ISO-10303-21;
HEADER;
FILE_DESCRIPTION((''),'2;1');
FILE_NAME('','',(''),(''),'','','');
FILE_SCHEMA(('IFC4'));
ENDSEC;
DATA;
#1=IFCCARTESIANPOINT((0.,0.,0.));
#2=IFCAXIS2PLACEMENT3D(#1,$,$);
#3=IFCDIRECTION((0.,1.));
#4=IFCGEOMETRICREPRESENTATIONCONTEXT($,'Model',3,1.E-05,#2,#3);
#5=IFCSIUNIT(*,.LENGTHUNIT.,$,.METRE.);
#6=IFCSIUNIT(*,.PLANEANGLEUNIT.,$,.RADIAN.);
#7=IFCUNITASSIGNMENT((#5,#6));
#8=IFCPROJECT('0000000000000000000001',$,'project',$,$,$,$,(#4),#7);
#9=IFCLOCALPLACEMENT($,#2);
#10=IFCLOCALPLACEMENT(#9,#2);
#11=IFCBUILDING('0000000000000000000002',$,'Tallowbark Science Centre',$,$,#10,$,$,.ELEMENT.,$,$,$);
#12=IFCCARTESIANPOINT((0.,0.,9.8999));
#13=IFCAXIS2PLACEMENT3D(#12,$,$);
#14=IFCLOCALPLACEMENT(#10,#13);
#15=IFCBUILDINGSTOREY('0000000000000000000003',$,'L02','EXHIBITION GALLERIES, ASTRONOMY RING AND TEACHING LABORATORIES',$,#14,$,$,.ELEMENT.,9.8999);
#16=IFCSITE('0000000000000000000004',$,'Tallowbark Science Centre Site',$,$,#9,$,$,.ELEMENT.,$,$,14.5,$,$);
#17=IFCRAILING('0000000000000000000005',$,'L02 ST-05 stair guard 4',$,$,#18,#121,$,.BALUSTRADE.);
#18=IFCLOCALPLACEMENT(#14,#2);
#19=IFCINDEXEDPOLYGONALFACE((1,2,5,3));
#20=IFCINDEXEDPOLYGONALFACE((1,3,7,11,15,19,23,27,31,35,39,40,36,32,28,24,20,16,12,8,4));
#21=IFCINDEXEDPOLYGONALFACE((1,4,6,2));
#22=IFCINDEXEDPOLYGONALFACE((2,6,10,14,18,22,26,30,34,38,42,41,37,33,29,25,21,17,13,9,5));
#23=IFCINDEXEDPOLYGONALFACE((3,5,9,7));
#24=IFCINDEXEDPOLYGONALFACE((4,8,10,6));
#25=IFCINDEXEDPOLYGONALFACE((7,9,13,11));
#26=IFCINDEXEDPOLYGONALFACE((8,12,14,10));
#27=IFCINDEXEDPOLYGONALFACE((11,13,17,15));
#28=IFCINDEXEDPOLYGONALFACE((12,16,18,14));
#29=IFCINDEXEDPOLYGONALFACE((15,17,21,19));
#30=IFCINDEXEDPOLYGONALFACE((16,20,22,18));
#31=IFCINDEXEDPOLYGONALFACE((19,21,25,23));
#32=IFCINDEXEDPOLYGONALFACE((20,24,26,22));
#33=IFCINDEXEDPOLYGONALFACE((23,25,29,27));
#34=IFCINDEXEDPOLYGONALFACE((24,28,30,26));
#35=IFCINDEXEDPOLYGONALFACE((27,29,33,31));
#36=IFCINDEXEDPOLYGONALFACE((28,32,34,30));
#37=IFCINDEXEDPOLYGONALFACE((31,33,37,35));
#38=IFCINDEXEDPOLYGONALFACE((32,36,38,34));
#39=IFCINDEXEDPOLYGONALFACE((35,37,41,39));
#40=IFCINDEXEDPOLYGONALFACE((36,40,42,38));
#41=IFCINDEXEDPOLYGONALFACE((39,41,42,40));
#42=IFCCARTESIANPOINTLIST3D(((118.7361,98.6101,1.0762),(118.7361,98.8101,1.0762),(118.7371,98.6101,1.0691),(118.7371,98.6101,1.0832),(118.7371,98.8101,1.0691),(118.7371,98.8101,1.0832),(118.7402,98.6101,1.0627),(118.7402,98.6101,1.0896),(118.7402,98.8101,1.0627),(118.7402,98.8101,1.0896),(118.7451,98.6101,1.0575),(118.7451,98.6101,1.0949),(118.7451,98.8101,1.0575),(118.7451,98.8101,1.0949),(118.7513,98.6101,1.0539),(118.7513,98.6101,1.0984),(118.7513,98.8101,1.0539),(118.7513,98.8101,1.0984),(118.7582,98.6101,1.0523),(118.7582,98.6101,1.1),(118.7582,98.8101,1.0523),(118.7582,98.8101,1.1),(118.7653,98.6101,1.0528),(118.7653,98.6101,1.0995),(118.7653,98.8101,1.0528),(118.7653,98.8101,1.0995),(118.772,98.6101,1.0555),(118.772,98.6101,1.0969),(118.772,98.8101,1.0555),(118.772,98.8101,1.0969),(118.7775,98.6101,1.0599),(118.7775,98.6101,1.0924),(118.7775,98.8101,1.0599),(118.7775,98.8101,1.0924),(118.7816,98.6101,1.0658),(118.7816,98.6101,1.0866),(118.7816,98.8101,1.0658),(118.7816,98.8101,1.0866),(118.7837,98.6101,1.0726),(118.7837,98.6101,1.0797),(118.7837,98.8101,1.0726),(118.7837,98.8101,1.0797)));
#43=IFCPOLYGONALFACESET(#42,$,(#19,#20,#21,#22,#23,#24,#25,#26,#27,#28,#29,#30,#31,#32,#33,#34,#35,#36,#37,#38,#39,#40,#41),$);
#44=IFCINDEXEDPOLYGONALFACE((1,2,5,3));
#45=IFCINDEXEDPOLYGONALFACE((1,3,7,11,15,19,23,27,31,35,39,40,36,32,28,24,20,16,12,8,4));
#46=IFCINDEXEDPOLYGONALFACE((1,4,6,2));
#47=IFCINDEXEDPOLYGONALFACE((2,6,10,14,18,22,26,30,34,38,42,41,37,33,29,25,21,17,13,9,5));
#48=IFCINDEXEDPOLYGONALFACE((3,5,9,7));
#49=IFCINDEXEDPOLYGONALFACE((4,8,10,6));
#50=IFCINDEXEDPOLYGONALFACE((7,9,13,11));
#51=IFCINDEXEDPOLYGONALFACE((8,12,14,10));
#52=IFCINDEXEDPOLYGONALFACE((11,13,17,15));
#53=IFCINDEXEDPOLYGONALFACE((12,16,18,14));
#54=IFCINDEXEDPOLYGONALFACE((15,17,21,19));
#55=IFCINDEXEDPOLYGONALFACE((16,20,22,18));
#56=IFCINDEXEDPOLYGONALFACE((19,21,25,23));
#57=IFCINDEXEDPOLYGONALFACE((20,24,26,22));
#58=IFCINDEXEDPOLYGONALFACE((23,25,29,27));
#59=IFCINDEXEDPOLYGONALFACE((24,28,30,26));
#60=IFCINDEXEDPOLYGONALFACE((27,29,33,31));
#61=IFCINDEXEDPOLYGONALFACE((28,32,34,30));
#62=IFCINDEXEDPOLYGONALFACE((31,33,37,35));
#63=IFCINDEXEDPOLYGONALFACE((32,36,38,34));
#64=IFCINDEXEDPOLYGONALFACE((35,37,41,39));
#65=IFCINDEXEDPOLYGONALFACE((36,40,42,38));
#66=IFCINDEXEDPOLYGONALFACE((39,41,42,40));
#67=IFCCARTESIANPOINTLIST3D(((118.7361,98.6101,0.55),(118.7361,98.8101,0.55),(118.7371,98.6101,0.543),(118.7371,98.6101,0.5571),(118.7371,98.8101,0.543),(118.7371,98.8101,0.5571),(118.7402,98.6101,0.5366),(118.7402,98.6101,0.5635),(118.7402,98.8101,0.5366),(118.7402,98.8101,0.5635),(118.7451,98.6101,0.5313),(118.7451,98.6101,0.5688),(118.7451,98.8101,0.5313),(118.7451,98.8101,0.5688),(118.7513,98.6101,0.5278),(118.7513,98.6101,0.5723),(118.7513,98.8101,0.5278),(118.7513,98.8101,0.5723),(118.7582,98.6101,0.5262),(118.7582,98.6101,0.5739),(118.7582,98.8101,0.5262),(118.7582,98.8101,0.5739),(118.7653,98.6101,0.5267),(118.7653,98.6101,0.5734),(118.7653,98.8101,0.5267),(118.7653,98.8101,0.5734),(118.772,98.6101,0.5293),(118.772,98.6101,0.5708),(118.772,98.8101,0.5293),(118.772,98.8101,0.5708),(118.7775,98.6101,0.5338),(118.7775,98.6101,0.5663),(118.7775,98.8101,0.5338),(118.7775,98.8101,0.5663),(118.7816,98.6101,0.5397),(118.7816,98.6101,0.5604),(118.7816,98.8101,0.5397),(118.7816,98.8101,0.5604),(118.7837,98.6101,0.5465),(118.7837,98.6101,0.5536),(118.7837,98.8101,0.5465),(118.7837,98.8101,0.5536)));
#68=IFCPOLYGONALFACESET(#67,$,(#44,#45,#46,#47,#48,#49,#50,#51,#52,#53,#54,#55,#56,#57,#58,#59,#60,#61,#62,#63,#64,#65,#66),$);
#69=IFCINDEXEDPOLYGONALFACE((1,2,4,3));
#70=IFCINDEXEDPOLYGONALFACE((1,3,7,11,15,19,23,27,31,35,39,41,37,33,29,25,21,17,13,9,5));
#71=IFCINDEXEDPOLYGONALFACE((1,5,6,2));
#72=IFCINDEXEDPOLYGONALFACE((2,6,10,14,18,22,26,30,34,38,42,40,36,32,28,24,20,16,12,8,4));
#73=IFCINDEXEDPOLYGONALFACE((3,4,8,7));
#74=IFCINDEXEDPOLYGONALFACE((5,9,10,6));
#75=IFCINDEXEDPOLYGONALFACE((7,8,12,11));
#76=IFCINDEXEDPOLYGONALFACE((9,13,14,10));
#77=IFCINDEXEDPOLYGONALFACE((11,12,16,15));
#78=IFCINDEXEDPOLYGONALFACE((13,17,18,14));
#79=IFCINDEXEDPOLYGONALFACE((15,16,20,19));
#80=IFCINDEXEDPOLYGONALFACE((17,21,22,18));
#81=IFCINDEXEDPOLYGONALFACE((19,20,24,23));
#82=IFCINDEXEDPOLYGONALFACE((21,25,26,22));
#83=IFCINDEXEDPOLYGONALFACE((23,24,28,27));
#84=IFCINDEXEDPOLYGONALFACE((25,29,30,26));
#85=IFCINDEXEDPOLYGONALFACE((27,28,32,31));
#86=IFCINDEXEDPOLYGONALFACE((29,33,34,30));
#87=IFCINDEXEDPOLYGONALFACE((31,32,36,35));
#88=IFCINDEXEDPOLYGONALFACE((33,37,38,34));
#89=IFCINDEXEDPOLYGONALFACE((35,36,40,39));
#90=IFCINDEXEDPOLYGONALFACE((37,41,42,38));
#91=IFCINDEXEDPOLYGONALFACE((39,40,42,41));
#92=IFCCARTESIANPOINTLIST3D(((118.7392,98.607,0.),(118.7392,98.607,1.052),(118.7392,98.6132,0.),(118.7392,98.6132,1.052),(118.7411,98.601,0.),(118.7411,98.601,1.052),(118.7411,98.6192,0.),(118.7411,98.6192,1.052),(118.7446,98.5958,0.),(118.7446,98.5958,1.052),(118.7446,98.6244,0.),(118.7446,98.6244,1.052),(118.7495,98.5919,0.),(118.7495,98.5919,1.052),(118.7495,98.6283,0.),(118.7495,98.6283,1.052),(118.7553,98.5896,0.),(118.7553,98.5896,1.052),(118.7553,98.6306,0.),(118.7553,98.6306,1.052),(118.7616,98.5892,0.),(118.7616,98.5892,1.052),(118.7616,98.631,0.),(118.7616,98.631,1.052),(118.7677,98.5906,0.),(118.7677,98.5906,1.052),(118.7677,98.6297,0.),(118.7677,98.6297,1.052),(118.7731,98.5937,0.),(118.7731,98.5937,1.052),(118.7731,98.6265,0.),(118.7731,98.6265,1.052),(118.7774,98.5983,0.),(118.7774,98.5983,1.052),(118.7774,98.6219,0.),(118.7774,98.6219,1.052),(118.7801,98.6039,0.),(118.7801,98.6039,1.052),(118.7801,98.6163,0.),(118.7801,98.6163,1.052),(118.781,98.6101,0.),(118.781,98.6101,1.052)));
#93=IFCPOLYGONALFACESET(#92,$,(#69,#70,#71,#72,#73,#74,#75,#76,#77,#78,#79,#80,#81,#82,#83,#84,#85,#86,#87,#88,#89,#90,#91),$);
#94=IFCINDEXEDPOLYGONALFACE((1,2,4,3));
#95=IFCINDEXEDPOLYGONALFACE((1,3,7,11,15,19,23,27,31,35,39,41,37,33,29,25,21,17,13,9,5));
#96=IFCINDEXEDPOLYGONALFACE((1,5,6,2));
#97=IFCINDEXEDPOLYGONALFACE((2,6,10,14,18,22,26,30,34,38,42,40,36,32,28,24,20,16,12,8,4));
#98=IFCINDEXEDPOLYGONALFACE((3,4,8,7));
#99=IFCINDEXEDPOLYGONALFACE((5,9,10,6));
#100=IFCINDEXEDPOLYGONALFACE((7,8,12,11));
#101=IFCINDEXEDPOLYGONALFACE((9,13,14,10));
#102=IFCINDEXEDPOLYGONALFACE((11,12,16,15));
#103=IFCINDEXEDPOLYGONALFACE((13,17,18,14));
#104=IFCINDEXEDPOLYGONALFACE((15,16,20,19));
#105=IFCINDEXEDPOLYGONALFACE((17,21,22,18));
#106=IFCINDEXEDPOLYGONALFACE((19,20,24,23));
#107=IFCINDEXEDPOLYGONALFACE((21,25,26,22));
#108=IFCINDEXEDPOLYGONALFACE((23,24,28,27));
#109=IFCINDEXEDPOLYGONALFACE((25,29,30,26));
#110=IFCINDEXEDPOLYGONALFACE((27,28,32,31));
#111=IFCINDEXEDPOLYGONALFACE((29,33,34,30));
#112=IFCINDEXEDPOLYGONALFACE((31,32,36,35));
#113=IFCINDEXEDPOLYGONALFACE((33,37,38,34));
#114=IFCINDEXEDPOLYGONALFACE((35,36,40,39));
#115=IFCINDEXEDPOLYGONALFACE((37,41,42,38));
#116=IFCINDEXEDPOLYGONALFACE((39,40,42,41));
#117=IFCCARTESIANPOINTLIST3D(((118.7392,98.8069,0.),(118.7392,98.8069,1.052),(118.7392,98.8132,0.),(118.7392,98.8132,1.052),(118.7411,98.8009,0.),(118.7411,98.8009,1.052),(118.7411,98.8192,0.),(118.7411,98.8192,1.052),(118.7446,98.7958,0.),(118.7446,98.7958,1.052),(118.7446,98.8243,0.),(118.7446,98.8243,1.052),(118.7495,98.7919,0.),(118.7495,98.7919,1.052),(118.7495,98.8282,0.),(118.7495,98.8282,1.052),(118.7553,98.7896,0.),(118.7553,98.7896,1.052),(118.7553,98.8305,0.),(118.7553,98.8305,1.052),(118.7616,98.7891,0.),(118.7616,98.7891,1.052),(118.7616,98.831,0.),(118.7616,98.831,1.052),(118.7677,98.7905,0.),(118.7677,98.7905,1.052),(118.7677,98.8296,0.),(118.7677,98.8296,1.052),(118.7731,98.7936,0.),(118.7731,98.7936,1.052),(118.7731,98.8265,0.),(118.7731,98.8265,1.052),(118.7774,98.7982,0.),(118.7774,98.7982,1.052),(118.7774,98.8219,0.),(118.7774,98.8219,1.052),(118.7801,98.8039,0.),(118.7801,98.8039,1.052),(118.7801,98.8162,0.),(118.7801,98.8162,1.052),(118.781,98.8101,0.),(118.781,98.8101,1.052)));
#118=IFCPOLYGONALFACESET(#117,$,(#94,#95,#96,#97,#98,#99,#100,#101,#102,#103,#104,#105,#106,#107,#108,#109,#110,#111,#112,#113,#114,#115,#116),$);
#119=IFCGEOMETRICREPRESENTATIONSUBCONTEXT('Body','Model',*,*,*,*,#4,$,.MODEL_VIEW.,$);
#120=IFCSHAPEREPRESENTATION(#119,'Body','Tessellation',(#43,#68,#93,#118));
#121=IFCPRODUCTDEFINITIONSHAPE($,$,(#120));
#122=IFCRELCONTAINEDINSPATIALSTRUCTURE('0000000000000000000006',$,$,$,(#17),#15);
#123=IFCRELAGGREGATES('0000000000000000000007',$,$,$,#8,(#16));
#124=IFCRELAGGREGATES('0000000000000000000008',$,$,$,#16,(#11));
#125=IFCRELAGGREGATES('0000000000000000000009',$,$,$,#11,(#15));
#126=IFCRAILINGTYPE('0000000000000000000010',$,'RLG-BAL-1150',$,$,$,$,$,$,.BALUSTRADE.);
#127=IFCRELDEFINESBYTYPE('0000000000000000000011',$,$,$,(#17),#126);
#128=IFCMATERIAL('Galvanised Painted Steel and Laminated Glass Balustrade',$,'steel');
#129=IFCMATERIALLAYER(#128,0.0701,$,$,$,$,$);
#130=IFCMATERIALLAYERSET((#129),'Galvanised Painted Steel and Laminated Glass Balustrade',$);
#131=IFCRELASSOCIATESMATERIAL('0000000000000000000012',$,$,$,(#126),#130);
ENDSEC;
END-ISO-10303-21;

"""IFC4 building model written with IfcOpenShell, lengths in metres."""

from ifc_helpers import new_model, si_unit, direction, frame, origin, origin_2d, place, context, subcontext, project, spatial, circle, extrude, material, layer, layer_set, type_object, element, save


model = new_model("IFC4")

# Units and contexts
model_context = context("Model", 3, precision=1e-05, world=origin(), true_north=direction((0.0, 1.0)))
body_context = subcontext(model_context, "Body", "Model", "MODEL_VIEW")
ifc_project = project(units=[si_unit("LENGTHUNIT", "METRE"), si_unit("PLANEANGLEUNIT", "RADIAN")], contexts=[model_context])

# Site, building, storey
site_placement = place(None, origin())
site = spatial("IfcSite", under=ifc_project, at=site_placement, Name="Tallowbark Science Centre Site", CompositionType="ELEMENT", RefElevation=14.5)
building_placement = place(site_placement, origin())
building = spatial("IfcBuilding", under=site, at=building_placement, Name="Tallowbark Science Centre", CompositionType="ELEMENT")
storey_placement = place(building_placement, frame((0.0, 0.0, 9.8999)))
storey = spatial("IfcBuildingStorey", under=building, at=storey_placement, Name="L02", Description="EXHIBITION GALLERIES, ASTRONOMY RING AND TEACHING LABORATORIES", CompositionType="ELEMENT", Elevation=9.8999)

# Railing
ifc_material_1 = material(Name="Galvanised Painted Steel and Laminated Glass Balustrade", Category="steel")
ifc_layer_1 = layer(ifc_material_1, 0.0701)
ifc_layer_set_1 = layer_set([ifc_layer_1], Name="Galvanised Painted Steel and Laminated Glass Balustrade")
railing_type_1 = type_object("IfcRailingType", Name="RLG-BAL-1150", PredefinedType="BALUSTRADE", material=ifc_layer_set_1)
railing_1_placement = place(storey_placement, frame((118.76, 98.6101, 0.0)))
element("IfcRailing", 1, at=railing_1_placement, inside=storey, type_object=railing_type_1, Name="L02 ST-05 stair guard 4", PredefinedType="BALUSTRADE", context=body_context, shape_type="SweptSolid", body=[
    extrude(circle(Radius=0.0239, at=origin_2d()), frame((0.0, 0.0, 1.0762), z_axis=(0.0, 1.0, 0.0), x_axis=(-1.0, 0.0, 0.0)), (0.0, 0.0, 1.0), 0.2),
    extrude(circle(Radius=0.0239, at=origin_2d()), frame((0.0, 0.0, 0.55), z_axis=(0.0, 1.0, 0.0), x_axis=(-1.0, 0.0, 0.0)), (0.0, 0.0, 1.0), 0.2),
    extrude(circle(Radius=0.021, at=origin_2d()), origin(), (0.0, 0.0, 1.0), 1.052),
    extrude(circle(Radius=0.021, at=origin_2d()), frame((0.0, 0.2, 0.0)), (0.0, 0.0, 1.0), 1.052),
])

save(model, "model.ifc")
